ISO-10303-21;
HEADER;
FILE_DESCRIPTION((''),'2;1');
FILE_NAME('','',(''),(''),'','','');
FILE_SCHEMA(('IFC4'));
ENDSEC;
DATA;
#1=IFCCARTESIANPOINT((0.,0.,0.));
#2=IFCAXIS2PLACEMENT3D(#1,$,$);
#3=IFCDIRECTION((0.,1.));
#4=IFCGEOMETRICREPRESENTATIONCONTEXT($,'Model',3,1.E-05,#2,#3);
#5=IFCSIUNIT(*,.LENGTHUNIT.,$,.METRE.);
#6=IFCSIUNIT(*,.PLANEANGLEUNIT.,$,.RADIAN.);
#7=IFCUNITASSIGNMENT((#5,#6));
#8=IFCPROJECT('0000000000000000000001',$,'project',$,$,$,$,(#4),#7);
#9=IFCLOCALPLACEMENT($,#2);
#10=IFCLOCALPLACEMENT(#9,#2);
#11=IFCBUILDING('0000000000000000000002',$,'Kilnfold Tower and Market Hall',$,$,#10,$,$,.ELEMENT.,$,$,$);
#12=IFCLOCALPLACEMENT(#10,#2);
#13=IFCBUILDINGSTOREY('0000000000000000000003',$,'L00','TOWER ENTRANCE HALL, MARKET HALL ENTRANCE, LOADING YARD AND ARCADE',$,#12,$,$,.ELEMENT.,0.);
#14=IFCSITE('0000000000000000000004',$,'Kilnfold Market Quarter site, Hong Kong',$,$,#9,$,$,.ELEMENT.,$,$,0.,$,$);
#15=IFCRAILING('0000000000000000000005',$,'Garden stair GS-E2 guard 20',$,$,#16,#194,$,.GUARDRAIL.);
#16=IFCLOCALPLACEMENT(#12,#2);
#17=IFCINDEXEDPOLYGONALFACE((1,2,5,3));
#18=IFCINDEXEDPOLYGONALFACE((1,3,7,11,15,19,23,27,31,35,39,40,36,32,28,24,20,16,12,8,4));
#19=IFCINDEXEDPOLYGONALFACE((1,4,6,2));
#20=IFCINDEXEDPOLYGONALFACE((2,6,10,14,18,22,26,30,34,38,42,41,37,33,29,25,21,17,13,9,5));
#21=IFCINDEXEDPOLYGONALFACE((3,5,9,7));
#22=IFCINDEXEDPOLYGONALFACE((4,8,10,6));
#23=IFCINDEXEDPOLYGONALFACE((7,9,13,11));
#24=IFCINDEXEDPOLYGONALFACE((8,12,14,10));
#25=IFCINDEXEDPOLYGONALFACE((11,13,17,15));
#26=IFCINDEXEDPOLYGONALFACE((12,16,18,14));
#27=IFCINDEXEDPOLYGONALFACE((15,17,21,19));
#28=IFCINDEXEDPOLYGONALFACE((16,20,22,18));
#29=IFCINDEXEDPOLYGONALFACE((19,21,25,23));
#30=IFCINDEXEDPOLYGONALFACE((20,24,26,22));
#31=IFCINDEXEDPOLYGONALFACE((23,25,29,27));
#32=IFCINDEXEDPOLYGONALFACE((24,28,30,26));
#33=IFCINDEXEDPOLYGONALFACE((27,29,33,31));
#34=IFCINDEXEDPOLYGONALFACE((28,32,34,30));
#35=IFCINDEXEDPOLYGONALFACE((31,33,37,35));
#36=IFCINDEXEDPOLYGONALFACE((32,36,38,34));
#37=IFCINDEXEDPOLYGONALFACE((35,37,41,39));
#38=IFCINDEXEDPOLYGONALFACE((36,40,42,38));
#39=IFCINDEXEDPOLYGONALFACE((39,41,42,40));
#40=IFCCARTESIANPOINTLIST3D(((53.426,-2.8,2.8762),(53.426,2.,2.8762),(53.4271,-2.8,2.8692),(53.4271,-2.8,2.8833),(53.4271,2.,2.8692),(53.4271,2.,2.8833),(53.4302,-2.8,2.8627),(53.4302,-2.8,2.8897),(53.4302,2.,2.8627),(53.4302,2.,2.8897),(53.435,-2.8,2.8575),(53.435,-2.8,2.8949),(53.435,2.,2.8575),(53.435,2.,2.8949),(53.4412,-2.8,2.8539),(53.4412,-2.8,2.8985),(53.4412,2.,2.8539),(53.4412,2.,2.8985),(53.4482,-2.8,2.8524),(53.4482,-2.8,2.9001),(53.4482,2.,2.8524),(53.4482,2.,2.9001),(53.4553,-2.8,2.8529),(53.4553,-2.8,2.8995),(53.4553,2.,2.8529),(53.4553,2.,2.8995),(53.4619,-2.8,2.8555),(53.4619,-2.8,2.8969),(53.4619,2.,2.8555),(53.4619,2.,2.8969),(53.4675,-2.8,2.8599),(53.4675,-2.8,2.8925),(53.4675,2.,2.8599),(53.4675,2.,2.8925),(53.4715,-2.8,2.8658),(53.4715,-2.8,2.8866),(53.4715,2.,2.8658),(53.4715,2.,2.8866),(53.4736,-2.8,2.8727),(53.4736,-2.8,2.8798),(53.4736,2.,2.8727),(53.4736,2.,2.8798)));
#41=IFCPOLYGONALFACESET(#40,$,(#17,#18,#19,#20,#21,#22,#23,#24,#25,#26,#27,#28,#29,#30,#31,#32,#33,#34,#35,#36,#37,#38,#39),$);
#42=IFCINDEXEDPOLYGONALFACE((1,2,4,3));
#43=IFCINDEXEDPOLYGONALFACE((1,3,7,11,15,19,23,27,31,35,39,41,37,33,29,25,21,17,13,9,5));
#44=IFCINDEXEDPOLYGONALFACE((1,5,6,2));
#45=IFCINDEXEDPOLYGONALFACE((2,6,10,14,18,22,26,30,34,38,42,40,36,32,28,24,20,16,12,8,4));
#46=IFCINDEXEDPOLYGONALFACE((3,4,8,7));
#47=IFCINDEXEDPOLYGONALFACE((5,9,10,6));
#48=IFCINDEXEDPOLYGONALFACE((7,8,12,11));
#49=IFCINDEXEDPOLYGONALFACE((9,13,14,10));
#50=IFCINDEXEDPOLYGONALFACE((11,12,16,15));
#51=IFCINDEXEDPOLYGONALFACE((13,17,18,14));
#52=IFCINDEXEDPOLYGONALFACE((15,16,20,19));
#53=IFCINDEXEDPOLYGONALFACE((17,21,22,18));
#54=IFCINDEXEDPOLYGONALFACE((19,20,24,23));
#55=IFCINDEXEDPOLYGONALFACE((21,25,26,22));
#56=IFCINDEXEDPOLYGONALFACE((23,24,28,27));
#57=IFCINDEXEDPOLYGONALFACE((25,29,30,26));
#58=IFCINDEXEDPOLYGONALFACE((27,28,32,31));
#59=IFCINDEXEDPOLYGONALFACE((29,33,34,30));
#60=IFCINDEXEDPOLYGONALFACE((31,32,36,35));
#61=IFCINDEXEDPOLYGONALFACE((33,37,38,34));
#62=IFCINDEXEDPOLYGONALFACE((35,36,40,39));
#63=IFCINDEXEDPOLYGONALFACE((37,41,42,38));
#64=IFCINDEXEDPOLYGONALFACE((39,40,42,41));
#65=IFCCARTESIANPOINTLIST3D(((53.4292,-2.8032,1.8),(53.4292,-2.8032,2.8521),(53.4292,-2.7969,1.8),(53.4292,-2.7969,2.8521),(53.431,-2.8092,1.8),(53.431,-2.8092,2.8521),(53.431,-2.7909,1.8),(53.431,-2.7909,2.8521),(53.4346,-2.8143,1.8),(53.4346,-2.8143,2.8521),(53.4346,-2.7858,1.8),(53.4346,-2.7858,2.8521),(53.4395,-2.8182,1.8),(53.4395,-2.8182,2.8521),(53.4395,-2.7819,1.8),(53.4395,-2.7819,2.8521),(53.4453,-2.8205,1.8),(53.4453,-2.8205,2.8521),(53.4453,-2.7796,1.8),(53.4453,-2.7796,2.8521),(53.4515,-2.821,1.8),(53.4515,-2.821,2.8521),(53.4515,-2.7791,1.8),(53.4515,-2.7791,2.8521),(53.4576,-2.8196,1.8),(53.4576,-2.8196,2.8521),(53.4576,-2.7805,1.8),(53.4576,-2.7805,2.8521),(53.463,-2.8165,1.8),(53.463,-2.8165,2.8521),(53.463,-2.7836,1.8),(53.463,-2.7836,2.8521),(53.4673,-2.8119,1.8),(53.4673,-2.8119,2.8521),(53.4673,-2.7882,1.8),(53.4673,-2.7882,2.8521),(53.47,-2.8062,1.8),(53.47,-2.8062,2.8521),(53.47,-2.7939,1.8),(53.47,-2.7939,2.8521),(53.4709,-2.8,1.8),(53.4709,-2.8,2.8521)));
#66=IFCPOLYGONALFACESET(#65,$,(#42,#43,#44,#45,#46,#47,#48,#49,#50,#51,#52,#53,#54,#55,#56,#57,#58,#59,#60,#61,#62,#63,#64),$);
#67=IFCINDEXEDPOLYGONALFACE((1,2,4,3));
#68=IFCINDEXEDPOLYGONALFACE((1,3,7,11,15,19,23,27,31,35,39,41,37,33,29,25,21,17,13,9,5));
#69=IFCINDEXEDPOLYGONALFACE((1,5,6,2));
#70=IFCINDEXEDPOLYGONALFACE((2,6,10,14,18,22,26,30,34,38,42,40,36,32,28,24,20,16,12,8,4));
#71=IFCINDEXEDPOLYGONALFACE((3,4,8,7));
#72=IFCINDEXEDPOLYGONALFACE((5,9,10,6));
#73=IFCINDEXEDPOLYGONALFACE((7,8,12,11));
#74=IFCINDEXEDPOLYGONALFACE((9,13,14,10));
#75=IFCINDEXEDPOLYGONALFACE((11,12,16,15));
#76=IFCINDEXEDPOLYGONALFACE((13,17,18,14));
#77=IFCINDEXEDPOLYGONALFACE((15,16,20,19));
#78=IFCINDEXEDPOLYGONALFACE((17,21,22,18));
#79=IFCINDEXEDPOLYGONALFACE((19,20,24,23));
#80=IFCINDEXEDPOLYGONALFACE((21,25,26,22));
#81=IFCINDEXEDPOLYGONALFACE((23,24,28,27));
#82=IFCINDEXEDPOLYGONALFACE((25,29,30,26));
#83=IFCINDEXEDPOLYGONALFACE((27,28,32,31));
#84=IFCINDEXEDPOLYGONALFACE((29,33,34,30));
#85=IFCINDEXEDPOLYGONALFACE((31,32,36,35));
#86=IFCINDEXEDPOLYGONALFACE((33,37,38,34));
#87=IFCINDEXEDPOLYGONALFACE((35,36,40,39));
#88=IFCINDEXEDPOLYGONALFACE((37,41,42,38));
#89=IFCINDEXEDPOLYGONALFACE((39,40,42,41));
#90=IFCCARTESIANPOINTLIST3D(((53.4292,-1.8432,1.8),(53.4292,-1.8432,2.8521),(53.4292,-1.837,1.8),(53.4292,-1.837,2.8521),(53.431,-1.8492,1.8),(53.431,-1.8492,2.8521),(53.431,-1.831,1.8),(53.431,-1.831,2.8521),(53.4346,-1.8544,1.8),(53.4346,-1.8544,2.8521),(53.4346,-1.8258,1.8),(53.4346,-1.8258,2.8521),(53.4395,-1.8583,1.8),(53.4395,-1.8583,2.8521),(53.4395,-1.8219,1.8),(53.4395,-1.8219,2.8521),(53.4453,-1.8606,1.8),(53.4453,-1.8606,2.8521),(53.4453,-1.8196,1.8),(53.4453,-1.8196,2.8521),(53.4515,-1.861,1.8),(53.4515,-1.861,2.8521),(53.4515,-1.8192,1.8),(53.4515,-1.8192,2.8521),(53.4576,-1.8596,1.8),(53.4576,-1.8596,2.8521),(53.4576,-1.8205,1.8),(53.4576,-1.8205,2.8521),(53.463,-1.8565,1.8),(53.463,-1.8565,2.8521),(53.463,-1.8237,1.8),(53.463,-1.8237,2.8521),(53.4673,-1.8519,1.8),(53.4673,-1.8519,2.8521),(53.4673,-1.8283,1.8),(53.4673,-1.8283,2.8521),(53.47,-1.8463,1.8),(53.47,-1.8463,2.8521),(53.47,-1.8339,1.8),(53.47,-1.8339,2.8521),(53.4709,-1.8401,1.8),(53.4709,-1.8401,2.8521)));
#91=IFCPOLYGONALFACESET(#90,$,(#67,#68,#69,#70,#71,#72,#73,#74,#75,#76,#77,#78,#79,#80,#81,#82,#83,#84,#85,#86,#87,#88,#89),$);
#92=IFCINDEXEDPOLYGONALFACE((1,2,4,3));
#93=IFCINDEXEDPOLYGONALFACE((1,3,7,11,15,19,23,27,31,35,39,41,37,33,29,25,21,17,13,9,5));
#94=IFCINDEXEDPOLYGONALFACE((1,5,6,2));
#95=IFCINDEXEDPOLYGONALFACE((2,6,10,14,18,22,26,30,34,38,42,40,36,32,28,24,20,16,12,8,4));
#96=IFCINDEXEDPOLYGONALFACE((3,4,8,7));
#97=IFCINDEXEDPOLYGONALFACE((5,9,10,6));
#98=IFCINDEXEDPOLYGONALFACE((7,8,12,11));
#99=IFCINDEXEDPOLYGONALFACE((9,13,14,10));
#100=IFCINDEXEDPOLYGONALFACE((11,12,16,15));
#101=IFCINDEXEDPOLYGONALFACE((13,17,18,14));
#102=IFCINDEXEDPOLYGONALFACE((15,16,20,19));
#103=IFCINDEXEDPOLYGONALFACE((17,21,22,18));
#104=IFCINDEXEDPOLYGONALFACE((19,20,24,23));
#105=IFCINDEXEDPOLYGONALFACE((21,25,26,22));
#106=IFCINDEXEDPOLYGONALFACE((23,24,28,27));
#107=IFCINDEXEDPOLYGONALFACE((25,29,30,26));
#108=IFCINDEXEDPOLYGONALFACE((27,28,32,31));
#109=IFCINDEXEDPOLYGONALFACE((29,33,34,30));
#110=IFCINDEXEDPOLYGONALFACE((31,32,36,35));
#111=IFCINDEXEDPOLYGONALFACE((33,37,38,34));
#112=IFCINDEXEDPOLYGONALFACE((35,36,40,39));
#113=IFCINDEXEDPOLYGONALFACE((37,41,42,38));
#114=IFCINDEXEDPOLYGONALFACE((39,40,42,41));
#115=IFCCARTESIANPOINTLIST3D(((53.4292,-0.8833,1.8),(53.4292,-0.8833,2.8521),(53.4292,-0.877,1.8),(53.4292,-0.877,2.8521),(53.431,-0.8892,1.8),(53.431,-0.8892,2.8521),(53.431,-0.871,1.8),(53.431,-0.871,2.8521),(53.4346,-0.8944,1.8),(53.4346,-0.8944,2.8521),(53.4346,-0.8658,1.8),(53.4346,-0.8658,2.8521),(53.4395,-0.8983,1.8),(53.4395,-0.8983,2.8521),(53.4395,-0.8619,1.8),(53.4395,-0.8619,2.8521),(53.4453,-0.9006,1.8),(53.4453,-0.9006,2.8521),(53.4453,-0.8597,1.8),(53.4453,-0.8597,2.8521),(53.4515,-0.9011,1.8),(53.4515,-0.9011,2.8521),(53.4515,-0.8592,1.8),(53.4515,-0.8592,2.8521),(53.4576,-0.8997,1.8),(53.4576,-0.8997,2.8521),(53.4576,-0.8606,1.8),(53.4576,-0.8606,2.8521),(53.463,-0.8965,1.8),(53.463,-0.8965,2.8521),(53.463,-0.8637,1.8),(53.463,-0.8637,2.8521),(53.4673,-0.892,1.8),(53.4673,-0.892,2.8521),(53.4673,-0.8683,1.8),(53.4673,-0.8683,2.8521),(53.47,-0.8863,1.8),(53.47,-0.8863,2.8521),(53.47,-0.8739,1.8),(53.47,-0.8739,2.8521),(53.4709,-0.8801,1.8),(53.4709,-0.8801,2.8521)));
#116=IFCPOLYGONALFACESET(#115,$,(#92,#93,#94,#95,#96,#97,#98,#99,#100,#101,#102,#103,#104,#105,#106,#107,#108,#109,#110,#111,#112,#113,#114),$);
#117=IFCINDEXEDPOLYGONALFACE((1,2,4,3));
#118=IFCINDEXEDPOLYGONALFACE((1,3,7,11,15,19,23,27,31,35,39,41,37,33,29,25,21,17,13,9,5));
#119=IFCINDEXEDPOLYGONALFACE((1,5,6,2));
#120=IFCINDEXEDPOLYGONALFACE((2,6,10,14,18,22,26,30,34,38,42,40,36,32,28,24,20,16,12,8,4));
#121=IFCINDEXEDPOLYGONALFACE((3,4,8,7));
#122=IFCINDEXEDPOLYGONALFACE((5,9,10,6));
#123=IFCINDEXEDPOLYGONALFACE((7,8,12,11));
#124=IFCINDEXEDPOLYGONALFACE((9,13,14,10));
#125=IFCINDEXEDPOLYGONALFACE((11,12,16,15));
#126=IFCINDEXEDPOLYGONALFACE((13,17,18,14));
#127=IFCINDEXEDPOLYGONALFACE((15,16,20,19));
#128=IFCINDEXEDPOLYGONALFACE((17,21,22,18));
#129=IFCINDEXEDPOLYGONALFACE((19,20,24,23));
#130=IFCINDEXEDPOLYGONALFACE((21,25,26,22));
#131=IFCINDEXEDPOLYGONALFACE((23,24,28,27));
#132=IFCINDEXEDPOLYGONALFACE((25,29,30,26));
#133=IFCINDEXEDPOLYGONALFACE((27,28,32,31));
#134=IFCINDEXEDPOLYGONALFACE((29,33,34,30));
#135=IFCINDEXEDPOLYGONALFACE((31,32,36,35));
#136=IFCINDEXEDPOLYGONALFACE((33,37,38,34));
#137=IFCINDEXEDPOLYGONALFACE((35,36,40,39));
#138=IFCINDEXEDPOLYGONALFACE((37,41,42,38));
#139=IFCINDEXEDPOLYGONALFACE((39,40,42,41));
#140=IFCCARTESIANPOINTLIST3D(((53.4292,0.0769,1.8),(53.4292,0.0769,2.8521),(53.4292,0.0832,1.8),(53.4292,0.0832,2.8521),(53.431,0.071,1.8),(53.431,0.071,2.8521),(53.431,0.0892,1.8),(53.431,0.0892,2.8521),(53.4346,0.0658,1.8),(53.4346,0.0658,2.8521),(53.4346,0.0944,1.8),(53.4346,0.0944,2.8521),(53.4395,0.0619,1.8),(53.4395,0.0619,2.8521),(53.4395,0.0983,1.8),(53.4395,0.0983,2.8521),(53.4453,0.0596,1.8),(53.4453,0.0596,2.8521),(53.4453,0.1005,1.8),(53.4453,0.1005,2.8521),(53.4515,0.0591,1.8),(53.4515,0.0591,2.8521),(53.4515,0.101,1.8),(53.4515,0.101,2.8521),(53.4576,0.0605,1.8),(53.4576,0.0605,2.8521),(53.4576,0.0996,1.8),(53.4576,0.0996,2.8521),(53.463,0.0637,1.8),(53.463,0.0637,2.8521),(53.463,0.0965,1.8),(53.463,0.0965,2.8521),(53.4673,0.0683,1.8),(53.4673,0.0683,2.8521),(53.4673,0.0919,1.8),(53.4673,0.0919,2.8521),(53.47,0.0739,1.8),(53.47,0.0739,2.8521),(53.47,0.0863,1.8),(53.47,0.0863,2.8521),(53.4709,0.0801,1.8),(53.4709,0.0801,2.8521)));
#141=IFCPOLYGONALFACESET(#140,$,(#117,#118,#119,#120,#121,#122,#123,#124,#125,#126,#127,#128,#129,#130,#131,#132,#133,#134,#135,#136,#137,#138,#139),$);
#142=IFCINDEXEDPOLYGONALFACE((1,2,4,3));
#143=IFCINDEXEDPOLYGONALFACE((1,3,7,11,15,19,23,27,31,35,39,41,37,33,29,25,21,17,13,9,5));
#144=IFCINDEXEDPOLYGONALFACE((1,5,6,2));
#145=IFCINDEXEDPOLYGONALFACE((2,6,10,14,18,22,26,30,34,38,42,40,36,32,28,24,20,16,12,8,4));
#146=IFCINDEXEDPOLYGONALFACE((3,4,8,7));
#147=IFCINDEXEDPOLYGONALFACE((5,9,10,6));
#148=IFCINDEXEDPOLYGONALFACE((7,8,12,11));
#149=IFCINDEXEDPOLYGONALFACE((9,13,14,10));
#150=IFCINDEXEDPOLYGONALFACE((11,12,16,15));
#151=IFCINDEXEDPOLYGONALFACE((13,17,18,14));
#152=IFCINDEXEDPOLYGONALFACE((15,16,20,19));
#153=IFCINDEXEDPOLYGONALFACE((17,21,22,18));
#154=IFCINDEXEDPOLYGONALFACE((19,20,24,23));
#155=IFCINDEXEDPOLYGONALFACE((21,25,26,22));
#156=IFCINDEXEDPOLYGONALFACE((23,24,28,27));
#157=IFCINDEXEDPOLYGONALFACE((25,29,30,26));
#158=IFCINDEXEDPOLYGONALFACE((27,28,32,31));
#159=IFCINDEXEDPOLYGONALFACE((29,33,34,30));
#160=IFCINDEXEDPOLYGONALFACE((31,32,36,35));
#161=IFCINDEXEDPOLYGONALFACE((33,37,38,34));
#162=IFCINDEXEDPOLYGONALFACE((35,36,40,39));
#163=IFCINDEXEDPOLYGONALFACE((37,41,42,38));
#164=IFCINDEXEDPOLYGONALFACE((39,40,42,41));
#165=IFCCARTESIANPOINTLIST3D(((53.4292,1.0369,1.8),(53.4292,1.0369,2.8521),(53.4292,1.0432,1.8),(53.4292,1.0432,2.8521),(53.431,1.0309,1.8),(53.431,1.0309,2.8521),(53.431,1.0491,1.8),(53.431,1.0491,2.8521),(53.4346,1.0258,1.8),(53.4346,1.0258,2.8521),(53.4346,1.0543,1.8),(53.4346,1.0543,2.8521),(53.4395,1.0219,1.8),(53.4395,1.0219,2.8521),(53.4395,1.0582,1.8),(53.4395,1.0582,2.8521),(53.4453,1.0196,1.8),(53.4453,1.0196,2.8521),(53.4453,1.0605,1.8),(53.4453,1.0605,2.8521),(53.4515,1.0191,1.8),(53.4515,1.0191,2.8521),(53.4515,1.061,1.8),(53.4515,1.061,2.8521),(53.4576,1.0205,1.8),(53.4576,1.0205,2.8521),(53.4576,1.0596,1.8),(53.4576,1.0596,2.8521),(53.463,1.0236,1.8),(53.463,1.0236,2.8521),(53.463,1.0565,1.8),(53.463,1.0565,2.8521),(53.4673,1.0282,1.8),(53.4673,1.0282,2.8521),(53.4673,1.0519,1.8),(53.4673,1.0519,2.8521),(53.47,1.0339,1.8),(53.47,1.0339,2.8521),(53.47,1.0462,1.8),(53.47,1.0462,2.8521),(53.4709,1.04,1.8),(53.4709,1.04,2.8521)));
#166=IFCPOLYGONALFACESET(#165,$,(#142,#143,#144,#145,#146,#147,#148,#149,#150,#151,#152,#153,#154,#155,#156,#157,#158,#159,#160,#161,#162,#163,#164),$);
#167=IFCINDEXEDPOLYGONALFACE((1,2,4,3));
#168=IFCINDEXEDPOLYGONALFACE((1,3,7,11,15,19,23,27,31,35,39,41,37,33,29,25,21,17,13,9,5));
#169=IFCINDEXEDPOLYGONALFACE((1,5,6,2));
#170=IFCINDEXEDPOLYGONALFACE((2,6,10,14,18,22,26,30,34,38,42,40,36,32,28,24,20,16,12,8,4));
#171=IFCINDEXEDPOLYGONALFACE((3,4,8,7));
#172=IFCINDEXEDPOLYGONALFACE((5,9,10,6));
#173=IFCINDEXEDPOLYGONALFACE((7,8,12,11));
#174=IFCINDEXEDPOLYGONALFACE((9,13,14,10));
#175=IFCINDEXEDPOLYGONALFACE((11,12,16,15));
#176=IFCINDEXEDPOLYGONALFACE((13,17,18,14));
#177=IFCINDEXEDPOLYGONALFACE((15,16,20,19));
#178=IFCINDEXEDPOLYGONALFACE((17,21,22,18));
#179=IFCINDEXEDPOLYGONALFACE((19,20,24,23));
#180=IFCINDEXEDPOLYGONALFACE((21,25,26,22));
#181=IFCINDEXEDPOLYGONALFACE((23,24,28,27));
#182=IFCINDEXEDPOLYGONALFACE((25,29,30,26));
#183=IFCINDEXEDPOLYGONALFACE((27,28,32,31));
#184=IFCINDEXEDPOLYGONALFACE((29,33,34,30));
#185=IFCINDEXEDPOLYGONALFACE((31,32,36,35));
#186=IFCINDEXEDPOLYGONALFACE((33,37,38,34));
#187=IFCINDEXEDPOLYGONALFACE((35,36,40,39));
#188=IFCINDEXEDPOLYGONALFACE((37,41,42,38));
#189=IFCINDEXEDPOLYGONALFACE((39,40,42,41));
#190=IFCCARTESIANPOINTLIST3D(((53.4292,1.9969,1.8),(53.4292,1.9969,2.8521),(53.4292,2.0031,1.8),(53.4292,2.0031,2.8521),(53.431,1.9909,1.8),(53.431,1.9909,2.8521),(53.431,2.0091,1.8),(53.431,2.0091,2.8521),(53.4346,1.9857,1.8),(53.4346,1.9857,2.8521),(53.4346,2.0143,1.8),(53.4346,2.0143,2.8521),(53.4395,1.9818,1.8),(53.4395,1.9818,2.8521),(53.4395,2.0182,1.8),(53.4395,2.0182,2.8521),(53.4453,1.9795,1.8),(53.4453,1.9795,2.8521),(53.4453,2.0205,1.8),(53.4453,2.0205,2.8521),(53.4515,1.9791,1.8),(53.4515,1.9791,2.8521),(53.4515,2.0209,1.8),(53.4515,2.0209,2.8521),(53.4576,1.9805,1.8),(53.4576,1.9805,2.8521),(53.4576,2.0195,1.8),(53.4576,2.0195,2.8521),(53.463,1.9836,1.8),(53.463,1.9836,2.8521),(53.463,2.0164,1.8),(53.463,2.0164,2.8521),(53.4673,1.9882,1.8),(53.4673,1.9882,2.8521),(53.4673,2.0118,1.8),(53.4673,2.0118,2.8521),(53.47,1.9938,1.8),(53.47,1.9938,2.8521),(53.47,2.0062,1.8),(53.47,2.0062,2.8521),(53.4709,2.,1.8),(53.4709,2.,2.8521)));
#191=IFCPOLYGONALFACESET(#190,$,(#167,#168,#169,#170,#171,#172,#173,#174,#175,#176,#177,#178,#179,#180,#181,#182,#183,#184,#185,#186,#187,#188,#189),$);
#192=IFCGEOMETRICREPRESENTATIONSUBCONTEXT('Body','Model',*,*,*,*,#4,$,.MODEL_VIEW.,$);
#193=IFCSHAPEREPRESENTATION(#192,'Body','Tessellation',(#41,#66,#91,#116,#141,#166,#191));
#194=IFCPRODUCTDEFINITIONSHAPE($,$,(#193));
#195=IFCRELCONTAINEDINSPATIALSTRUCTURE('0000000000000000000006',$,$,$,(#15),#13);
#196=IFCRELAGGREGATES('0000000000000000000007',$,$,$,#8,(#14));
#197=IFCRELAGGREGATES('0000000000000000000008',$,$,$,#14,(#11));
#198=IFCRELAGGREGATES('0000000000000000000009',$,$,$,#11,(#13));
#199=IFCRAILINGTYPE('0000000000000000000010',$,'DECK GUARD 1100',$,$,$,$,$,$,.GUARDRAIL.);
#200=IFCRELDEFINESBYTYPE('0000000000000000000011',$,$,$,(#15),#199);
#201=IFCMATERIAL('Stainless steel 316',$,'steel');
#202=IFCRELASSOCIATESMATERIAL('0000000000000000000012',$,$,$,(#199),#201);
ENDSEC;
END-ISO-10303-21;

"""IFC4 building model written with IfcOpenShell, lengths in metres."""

from ifc_helpers import new_model, si_unit, direction, frame, origin, origin_2d, place, context, subcontext, project, spatial, circle, extrude, material, type_object, element, save


model = new_model("IFC4")

# Units and contexts
model_context = context("Model", 3, precision=1e-05, world=origin(), true_north=direction((0.0, 1.0)))
body_context = subcontext(model_context, "Body", "Model", "MODEL_VIEW")
ifc_project = project(units=[si_unit("LENGTHUNIT", "METRE"), si_unit("PLANEANGLEUNIT", "RADIAN")], contexts=[model_context])

# Site, building, storey
site_placement = place(None, origin())
site = spatial("IfcSite", under=ifc_project, at=site_placement, Name="Kilnfold Market Quarter site, Hong Kong", CompositionType="ELEMENT", RefElevation=0.0)
building_placement = place(site_placement, origin())
building = spatial("IfcBuilding", under=site, at=building_placement, Name="Kilnfold Tower and Market Hall", CompositionType="ELEMENT")
storey_placement = place(building_placement, origin())
storey = spatial("IfcBuildingStorey", under=building, at=storey_placement, Name="L00", Description="TOWER ENTRANCE HALL, MARKET HALL ENTRANCE, LOADING YARD AND ARCADE", CompositionType="ELEMENT", Elevation=0.0)

# Railing
ifc_material_1 = material(Name="Stainless steel 316", Category="steel")
railing_type_1 = type_object("IfcRailingType", Name="DECK GUARD 1100", PredefinedType="GUARDRAIL", material=ifc_material_1)
railing_1_placement = place(storey_placement, frame((53.45, -2.8, 1.8)))
element("IfcRailing", 1, at=railing_1_placement, inside=storey, type_object=railing_type_1, Name="Garden stair GS-E2 guard 20", PredefinedType="GUARDRAIL", context=body_context, shape_type="SweptSolid", body=[
    extrude(circle(Radius=0.0239, at=origin_2d()), frame((0.0, 0.0, 1.0762), z_axis=(0.0, 1.0, 0.0), x_axis=(-1.0, 0.0, 0.0)), (0.0, 0.0, 1.0), 4.8),
    extrude(circle(Radius=0.021, at=origin_2d()), origin(), (0.0, 0.0, 1.0), 1.052),
    extrude(circle(Radius=0.021, at=origin_2d()), frame((0.0, 0.96, 0.0)), (0.0, 0.0, 1.0), 1.052),
    extrude(circle(Radius=0.021, at=origin_2d()), frame((0.0, 1.9199, 0.0)), (0.0, 0.0, 1.0), 1.052),
    extrude(circle(Radius=0.021, at=origin_2d()), frame((0.0, 2.8801, 0.0)), (0.0, 0.0, 1.0), 1.052),
    extrude(circle(Radius=0.021, at=origin_2d()), frame((0.0, 3.8401, 0.0)), (0.0, 0.0, 1.0), 1.052),
    extrude(circle(Radius=0.021, at=origin_2d()), frame((0.0, 4.8, 0.0)), (0.0, 0.0, 1.0), 1.052),
])

save(model, "model.ifc")
